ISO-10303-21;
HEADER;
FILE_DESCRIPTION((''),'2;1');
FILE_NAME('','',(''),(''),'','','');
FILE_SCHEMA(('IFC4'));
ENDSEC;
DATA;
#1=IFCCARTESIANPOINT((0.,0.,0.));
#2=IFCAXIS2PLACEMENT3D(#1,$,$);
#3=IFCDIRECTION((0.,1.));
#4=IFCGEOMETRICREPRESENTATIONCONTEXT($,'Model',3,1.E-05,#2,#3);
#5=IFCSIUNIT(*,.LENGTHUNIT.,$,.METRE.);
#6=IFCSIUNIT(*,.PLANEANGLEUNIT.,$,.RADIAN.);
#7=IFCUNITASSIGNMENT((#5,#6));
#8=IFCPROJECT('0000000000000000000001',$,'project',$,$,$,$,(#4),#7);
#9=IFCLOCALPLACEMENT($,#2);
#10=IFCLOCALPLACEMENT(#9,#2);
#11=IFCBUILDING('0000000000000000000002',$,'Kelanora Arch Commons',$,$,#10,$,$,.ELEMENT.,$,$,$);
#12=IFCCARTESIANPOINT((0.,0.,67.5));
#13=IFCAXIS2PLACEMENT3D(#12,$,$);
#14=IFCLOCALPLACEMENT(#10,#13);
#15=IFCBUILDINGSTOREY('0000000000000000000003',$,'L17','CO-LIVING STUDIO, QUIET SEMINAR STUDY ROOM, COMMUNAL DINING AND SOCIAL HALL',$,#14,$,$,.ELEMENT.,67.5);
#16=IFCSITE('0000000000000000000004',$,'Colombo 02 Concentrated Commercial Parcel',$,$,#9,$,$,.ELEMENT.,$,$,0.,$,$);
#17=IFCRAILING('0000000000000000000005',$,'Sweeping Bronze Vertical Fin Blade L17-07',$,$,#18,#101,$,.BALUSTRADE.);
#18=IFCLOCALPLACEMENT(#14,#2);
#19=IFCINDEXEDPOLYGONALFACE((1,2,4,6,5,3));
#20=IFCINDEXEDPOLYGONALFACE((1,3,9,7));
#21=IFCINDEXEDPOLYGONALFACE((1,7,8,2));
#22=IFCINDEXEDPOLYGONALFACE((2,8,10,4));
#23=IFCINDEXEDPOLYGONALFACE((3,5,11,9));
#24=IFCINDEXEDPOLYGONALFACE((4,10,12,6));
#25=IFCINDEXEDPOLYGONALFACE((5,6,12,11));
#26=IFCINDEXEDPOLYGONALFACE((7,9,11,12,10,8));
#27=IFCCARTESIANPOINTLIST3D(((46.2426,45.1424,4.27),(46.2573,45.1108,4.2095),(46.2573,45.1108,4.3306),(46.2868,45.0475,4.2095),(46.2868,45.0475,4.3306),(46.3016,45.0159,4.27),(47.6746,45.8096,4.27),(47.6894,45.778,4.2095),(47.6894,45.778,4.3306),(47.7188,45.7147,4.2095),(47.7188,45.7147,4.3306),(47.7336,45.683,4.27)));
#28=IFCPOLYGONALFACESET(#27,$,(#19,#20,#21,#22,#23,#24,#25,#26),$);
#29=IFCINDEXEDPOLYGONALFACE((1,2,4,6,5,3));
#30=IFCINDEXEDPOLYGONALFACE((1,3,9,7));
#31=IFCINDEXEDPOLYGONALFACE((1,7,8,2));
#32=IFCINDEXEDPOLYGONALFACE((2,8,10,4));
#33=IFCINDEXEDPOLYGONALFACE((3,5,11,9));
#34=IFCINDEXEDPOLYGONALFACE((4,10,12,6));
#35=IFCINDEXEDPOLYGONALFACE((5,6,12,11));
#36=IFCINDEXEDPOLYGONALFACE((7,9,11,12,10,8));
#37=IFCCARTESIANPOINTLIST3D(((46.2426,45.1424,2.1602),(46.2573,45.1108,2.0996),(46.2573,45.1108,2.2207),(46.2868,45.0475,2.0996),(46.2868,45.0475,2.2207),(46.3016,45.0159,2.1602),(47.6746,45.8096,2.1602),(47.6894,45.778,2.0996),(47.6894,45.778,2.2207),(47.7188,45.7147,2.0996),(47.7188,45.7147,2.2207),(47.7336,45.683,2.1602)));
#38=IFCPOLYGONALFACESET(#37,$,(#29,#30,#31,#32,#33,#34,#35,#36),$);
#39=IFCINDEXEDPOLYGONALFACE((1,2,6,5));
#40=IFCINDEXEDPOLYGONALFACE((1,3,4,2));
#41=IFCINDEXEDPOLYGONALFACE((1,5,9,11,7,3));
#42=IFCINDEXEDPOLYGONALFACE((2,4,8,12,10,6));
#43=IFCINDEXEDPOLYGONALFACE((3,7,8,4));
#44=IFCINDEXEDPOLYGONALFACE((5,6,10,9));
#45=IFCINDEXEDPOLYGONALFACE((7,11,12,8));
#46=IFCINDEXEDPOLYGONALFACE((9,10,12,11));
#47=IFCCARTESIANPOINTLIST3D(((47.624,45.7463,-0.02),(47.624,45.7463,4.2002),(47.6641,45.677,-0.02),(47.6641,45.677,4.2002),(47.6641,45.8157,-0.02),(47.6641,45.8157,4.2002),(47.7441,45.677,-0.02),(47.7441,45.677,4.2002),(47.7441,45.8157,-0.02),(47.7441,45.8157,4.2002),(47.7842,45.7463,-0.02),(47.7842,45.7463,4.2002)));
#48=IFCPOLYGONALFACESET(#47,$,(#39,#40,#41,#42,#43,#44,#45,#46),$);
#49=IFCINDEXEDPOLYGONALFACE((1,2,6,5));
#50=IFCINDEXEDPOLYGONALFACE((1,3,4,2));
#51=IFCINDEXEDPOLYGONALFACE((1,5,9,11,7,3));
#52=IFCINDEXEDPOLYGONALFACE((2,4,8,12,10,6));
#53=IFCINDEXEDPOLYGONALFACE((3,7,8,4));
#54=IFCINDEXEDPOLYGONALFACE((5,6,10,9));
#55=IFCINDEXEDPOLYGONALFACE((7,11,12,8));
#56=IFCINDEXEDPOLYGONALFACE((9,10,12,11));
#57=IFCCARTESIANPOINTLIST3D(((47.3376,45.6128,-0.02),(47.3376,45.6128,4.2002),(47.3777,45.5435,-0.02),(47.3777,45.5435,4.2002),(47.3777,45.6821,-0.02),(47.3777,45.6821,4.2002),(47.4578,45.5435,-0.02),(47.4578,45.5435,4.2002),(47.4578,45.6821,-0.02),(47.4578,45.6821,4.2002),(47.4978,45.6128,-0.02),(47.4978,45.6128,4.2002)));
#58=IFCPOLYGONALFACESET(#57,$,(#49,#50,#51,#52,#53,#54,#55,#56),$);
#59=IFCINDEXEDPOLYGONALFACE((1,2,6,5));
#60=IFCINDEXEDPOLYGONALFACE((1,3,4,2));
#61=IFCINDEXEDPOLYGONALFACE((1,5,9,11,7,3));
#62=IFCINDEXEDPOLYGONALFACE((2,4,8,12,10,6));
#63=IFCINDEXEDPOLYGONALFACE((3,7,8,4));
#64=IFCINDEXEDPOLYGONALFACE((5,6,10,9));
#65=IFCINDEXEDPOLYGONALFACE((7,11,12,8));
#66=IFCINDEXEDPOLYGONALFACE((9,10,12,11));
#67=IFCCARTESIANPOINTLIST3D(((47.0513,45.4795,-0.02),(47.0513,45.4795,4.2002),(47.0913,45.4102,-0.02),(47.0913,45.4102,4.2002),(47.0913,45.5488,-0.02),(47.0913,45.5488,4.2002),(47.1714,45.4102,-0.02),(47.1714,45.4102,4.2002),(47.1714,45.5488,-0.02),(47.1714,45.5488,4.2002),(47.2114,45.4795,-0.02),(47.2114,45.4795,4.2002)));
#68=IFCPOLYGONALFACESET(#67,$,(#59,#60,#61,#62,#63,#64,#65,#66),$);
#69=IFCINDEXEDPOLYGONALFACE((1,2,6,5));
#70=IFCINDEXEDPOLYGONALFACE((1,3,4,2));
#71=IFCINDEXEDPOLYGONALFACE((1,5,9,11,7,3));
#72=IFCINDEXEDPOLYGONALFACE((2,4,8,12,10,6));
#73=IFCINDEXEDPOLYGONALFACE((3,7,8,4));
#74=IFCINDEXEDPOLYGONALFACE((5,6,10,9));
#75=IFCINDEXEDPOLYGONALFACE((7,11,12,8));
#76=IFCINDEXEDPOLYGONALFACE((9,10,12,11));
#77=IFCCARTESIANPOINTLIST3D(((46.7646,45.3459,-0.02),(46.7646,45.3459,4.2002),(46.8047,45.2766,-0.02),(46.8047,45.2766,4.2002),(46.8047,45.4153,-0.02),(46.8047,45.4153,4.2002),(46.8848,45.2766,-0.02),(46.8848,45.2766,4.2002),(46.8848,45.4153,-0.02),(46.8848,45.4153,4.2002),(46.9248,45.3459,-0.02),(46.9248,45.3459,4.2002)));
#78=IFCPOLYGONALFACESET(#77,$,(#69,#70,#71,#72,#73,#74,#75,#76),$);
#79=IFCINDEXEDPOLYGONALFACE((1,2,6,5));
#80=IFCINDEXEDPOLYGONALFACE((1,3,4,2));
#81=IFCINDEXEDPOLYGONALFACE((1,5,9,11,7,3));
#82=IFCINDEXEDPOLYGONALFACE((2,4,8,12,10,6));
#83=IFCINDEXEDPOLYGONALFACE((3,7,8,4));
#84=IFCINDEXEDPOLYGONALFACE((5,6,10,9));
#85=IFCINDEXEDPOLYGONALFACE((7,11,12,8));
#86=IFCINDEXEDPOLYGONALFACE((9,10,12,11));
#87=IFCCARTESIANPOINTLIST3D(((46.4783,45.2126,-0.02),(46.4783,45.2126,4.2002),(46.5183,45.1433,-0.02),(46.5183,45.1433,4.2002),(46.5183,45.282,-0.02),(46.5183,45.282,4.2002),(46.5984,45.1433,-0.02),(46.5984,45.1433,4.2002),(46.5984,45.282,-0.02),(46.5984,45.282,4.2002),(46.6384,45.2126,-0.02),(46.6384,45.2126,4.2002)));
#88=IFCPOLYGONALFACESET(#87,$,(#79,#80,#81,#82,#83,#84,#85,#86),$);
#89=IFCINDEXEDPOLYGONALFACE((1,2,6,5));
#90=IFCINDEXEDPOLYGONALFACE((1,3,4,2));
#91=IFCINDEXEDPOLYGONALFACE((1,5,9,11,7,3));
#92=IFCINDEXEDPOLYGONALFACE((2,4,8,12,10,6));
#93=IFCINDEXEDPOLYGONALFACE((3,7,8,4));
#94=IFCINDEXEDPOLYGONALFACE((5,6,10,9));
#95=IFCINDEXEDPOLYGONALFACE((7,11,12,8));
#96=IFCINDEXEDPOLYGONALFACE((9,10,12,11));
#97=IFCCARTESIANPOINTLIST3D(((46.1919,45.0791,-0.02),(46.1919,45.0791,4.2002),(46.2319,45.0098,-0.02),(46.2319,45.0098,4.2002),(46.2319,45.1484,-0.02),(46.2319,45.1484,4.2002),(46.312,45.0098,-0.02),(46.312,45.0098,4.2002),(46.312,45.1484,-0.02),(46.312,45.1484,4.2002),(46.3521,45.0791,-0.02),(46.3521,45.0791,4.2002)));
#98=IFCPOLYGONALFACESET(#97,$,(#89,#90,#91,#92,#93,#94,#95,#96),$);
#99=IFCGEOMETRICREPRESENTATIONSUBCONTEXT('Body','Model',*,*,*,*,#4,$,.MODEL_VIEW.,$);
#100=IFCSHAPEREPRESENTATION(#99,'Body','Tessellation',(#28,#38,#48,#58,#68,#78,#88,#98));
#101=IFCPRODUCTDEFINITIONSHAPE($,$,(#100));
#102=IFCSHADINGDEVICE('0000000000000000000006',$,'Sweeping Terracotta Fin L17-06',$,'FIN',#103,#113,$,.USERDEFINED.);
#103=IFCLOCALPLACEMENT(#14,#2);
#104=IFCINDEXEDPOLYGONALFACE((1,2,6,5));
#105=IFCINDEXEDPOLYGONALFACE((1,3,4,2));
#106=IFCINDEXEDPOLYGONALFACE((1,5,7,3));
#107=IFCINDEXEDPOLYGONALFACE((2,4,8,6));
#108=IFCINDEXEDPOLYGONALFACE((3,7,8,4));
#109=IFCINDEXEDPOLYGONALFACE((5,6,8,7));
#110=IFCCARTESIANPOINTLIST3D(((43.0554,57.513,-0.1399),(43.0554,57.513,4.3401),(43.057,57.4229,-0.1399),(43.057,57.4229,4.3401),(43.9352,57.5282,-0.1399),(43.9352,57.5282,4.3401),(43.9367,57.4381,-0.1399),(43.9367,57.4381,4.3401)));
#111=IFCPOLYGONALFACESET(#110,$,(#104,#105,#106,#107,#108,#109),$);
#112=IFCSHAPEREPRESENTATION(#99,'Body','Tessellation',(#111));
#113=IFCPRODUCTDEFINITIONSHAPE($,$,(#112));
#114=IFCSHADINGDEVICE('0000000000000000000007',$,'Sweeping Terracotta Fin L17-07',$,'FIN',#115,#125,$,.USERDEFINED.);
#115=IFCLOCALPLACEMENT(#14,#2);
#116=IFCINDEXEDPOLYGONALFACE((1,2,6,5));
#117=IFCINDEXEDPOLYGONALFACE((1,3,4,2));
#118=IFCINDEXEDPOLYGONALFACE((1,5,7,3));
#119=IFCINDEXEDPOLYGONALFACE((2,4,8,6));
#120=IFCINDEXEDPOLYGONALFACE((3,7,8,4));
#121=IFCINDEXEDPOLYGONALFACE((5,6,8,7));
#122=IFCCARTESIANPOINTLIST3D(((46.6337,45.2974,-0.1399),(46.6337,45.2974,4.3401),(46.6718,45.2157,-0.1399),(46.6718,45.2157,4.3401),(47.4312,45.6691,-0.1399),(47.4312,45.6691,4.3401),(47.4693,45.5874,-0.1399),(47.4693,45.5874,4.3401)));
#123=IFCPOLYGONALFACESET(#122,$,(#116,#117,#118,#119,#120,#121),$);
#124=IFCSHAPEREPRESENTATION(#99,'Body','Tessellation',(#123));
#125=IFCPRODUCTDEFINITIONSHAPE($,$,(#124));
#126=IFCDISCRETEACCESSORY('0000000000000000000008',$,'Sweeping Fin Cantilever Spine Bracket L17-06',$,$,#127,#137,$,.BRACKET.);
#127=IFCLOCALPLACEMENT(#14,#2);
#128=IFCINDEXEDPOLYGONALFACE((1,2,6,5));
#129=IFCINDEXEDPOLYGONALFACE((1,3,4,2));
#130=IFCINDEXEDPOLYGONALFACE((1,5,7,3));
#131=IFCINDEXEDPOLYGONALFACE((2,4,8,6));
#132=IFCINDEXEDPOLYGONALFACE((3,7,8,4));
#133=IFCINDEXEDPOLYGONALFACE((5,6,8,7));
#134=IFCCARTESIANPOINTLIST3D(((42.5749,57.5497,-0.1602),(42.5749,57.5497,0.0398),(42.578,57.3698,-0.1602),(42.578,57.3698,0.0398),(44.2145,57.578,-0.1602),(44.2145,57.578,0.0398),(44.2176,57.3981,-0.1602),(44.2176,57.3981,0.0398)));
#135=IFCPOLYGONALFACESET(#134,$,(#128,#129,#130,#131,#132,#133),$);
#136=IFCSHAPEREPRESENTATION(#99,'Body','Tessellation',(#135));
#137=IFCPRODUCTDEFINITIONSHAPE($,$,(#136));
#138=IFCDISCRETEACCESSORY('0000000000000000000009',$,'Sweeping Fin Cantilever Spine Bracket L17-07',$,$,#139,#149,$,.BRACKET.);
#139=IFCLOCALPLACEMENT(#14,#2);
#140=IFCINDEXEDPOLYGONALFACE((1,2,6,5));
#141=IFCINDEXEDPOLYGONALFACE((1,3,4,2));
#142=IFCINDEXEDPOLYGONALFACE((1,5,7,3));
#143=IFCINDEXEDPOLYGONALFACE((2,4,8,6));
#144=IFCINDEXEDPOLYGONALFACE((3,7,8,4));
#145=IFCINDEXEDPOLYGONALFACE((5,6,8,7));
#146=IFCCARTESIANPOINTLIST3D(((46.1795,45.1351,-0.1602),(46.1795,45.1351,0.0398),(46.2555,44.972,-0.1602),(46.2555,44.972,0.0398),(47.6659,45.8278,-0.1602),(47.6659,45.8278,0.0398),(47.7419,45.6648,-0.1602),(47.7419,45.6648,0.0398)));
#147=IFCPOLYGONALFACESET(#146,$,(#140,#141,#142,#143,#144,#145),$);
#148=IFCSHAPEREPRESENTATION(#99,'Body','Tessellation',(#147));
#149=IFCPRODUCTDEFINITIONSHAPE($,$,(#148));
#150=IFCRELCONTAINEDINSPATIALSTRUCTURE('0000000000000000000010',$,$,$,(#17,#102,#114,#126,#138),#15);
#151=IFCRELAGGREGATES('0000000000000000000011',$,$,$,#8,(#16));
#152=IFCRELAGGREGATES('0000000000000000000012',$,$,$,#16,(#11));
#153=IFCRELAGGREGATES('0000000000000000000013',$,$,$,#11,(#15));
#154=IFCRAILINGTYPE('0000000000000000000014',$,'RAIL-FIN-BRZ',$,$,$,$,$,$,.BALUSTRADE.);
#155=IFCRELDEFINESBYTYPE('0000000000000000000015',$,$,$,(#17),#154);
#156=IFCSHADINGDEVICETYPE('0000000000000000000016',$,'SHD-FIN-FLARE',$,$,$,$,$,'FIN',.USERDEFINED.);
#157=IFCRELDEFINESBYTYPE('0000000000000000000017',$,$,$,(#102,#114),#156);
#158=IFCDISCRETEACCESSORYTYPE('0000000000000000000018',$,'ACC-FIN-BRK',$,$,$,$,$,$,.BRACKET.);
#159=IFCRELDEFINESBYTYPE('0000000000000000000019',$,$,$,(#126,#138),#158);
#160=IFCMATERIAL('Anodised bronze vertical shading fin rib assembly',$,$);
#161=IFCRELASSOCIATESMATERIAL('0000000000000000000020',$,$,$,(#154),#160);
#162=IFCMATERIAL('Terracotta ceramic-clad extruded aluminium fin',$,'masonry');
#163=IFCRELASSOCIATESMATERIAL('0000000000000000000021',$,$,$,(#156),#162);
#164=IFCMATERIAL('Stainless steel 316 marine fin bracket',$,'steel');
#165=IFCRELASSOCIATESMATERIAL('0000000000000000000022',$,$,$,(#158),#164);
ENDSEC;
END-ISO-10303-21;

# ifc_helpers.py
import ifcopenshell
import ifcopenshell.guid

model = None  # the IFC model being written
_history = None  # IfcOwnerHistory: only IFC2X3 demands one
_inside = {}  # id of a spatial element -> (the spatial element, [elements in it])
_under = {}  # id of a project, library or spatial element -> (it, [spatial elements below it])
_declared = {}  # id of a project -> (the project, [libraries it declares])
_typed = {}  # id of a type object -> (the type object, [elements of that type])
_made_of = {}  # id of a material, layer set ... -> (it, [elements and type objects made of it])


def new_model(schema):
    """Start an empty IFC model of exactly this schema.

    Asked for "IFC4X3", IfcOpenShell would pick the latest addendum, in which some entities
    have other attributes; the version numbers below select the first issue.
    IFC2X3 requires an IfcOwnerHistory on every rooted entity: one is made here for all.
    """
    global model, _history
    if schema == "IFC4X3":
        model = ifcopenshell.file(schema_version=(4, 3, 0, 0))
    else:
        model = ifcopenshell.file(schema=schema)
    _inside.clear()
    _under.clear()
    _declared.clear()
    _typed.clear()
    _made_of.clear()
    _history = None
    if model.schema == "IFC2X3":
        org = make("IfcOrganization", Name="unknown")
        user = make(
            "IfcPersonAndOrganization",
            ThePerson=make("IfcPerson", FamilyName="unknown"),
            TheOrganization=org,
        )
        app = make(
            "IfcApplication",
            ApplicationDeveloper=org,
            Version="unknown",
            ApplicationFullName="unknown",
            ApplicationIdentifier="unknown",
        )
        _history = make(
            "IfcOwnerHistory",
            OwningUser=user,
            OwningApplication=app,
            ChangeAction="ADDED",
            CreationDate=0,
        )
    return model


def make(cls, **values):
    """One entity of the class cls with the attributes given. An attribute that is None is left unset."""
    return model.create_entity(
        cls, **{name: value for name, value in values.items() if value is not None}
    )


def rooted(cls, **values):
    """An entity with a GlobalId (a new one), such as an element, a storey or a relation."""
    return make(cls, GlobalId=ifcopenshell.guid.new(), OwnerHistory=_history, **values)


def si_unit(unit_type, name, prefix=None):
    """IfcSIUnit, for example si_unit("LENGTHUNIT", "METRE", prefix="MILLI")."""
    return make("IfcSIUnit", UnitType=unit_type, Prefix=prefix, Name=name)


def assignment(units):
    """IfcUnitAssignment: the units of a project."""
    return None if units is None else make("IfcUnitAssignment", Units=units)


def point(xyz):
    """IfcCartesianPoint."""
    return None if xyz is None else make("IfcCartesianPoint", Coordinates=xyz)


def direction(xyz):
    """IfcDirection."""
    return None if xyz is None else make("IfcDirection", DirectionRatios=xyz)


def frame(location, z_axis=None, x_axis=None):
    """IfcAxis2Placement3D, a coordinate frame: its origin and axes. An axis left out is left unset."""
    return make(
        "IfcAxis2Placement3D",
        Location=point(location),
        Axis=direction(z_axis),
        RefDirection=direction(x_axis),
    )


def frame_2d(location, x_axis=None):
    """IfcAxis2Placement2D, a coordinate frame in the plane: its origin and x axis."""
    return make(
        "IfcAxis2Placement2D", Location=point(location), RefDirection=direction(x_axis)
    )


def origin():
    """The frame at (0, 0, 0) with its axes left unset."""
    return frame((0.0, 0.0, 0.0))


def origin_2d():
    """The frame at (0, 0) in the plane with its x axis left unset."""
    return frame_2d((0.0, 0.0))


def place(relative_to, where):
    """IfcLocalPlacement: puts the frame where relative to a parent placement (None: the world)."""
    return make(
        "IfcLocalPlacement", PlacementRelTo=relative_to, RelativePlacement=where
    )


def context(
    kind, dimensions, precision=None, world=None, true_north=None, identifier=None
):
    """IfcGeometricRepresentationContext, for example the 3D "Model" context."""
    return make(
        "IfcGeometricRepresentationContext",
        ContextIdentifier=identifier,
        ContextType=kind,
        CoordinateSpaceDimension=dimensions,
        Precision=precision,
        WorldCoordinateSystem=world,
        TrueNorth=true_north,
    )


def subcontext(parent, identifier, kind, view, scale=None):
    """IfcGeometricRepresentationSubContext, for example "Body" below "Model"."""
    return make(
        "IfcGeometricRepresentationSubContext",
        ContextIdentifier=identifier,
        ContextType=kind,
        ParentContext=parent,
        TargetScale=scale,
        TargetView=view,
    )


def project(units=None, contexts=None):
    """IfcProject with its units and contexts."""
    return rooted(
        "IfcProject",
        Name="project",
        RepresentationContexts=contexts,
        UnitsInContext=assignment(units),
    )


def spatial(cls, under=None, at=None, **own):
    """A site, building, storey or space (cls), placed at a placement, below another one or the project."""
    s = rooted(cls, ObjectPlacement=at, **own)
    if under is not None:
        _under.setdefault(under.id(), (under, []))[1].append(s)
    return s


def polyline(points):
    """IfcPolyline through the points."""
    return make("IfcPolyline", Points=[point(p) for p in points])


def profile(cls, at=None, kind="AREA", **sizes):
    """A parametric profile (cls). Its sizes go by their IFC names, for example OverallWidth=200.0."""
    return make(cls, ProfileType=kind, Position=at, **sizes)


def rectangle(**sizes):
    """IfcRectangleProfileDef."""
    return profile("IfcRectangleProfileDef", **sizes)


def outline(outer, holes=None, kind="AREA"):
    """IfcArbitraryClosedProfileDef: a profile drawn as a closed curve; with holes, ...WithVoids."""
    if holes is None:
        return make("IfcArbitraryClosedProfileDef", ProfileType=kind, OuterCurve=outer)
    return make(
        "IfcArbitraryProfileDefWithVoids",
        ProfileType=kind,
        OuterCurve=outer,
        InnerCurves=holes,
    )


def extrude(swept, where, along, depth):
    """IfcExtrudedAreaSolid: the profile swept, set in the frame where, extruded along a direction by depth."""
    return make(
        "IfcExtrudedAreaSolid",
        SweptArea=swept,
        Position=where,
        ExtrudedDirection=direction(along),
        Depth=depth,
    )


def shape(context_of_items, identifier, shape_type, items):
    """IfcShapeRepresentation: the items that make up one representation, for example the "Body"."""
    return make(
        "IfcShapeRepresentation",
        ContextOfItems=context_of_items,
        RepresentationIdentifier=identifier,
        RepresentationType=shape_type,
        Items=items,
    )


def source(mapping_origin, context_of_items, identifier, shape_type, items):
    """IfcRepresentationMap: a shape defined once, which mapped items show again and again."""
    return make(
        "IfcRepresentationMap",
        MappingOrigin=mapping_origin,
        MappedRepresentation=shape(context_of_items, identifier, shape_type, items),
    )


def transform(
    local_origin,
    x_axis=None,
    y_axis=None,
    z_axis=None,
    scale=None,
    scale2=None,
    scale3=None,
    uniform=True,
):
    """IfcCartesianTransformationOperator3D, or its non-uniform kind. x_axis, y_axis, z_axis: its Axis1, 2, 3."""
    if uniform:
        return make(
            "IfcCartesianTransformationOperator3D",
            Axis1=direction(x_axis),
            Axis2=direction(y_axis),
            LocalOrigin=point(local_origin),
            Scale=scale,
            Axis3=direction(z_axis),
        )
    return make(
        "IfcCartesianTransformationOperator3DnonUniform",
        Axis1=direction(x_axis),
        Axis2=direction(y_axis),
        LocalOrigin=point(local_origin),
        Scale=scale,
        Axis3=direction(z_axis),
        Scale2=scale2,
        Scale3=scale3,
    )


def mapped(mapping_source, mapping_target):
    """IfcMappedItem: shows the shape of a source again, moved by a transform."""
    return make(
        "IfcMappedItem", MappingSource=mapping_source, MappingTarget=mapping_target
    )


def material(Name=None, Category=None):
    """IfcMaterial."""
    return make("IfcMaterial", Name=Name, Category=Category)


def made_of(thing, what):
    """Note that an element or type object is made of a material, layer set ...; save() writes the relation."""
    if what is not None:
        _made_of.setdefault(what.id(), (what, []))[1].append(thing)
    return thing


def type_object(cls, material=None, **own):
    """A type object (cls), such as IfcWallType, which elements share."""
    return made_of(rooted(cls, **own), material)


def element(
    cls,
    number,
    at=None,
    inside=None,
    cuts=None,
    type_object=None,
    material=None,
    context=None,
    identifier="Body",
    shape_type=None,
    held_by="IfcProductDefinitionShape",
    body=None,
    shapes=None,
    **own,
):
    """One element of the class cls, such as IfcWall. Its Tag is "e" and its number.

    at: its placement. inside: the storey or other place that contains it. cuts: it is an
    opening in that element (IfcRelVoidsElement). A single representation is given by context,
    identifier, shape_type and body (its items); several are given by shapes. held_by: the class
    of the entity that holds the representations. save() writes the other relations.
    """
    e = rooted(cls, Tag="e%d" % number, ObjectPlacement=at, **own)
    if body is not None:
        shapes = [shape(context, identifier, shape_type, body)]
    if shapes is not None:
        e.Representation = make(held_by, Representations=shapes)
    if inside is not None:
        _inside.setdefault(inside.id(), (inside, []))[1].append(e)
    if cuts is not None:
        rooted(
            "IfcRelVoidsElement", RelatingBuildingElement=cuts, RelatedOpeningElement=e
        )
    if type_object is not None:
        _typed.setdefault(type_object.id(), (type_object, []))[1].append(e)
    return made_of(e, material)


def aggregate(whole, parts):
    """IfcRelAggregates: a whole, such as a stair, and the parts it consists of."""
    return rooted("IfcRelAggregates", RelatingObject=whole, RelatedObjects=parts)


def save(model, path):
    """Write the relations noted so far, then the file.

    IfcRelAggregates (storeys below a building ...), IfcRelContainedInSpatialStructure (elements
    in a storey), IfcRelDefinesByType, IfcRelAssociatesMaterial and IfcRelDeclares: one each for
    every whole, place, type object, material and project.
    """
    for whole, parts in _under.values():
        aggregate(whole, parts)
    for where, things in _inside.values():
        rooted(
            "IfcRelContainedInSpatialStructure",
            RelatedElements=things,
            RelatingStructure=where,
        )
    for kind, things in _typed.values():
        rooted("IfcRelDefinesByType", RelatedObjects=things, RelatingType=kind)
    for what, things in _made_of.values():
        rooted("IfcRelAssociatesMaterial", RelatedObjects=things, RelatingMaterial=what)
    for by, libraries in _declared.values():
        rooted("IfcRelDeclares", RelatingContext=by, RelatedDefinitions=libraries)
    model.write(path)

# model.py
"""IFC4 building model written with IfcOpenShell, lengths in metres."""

from ifc_helpers import new_model, si_unit, direction, frame, origin, origin_2d, place, context, subcontext, project, spatial, polyline, rectangle, outline, extrude, source, transform, mapped, material, type_object, element, save


model = new_model("IFC4")

# Units and contexts
model_context = context("Model", 3, precision=1e-05, world=origin(), true_north=direction((0.0, 1.0)))
body_context = subcontext(model_context, "Body", "Model", "MODEL_VIEW")
ifc_project = project(units=[si_unit("LENGTHUNIT", "METRE"), si_unit("PLANEANGLEUNIT", "RADIAN")], contexts=[model_context])

# Site, building, storey
site_placement = place(None, origin())
site = spatial("IfcSite", under=ifc_project, at=site_placement, Name="Colombo 02 Concentrated Commercial Parcel", CompositionType="ELEMENT", RefElevation=0.0)
building_placement = place(site_placement, origin())
building = spatial("IfcBuilding", under=site, at=building_placement, Name="Kelanora Arch Commons", CompositionType="ELEMENT")
storey_placement = place(building_placement, frame((0.0, 0.0, 67.5)))
storey = spatial("IfcBuildingStorey", under=building, at=storey_placement, Name="L17", Description="CO-LIVING STUDIO, QUIET SEMINAR STUDY ROOM, COMMUNAL DINING AND SOCIAL HALL", CompositionType="ELEMENT", Elevation=67.5)

# Railing
ifc_material_1 = material(Name="Anodised bronze vertical shading fin rib assembly")
railing_type = type_object("IfcRailingType", Name="RAIL-FIN-BRZ", PredefinedType="BALUSTRADE", material=ifc_material_1)
railing_1_placement = place(storey_placement, frame((47.7041, 45.7463, -0.02)))
element("IfcRailing", 1, at=railing_1_placement, inside=storey, type_object=railing_type, Name="Sweeping Bronze Vertical Fin Blade L17-07", PredefinedType="BALUSTRADE", context=body_context, shape_type="SweptSolid", body=[
    extrude(outline(polyline([(0.0698, 0.0), (0.0349, 0.0605), (-0.0349, 0.0605), (-0.0698, 0.0), (-0.0349, -0.0605), (0.0349, -0.0605), (0.0698, 0.0)])), frame((0.0, 0.0, 4.29), z_axis=(-0.906447, -0.422319, 0.0), x_axis=(0.422319, -0.906447, 0.0)), (0.0, 0.0, 1.0), 1.5798),
    extrude(outline(polyline([(0.0698, 0.0), (0.0349, 0.0605), (-0.0349, 0.0605), (-0.0698, 0.0), (-0.0349, -0.0605), (0.0349, -0.0605), (0.0698, 0.0)])), frame((0.0, 0.0, 2.1802), z_axis=(-0.906447, -0.422319, 0.0), x_axis=(0.422319, -0.906447, 0.0)), (0.0, 0.0, 1.0), 1.5798),
    extrude(outline(polyline([(0.0801, 0.0), (0.04, 0.0693), (-0.04, 0.0693), (-0.0801, 0.0), (-0.04, -0.0693), (0.04, -0.0693), (0.0801, 0.0)])), origin(), (0.0, 0.0, 1.0), 4.2202),
    extrude(outline(polyline([(0.0801, 0.0), (0.04, 0.0693), (-0.04, 0.0693), (-0.0801, 0.0), (-0.04, -0.0693), (0.04, -0.0693), (0.0801, 0.0)])), frame((-0.2864, -0.1335, 0.0)), (0.0, 0.0, 1.0), 4.2202),
    extrude(outline(polyline([(0.0801, 0.0), (0.04, 0.0693), (-0.04, 0.0693), (-0.0801, 0.0), (-0.04, -0.0693), (0.04, -0.0693), (0.0801, 0.0)])), frame((-0.5728, -0.2668, 0.0)), (0.0, 0.0, 1.0), 4.2202),
    extrude(outline(polyline([(0.0801, 0.0), (0.04, 0.0693), (-0.04, 0.0693), (-0.0801, 0.0), (-0.04, -0.0693), (0.04, -0.0693), (0.0801, 0.0)])), frame((-0.8594, -0.4004, 0.0)), (0.0, 0.0, 1.0), 4.2202),
    extrude(outline(polyline([(0.0801, 0.0), (0.04, 0.0693), (-0.04, 0.0693), (-0.0801, 0.0), (-0.04, -0.0693), (0.04, -0.0693), (0.0801, 0.0)])), frame((-1.1458, -0.5337, 0.0)), (0.0, 0.0, 1.0), 4.2202),
    extrude(outline(polyline([(0.0801, 0.0), (0.04, 0.0693), (-0.04, 0.0693), (-0.0801, 0.0), (-0.04, -0.0693), (0.04, -0.0693), (0.0801, 0.0)])), frame((-1.4321, -0.6672, 0.0)), (0.0, 0.0, 1.0), 4.2202),
])

# Shading devices
ifc_material_2 = material(Name="Terracotta ceramic-clad extruded aluminium fin", Category="masonry")
shading_device_type = type_object("IfcShadingDeviceType", Name="SHD-FIN-FLARE", ElementType="FIN", PredefinedType="USERDEFINED", material=ifc_material_2)
shared_shape_1 = source(origin(), body_context, "Body", "SweptSolid", [
    extrude(rectangle(XDim=0.8799, YDim=0.0901, at=origin_2d()), origin(), (0.0, 0.0, 1.0), 4.48),
])
for number, where, z_axis, x_axis, name in (
    (2, (43.4961, 57.4756, -0.1399), (0.0, 0.0, 1.0), (-0.999851, -0.017278, 0.0), "Sweeping Terracotta Fin L17-06"),
    (3, (47.0515, 45.4424, -0.1399), (0.0, 0.0, 1.0), (-0.906382, -0.42246, 0.0), "Sweeping Terracotta Fin L17-07"),
):
    element("IfcShadingDevice", number, at=place(storey_placement, frame(where, z_axis=z_axis, x_axis=x_axis)), inside=storey, type_object=shading_device_type, Name=name, ObjectType="FIN", PredefinedType="USERDEFINED", context=body_context, shape_type="MappedRepresentation", body=[
        mapped(shared_shape_1, transform((0.0, 0.0, 0.0), scale=1.0)),
    ])

# Discrete accessories
ifc_material_3 = material(Name="Stainless steel 316 marine fin bracket", Category="steel")
discrete_accessory_type = type_object("IfcDiscreteAccessoryType", Name="ACC-FIN-BRK", PredefinedType="BRACKET", material=ifc_material_3)
shared_shape_2 = source(origin(), body_context, "Body", "SweptSolid", [
    extrude(rectangle(XDim=1.6399, YDim=0.1799, at=origin_2d()), origin(), (0.0, 0.0, 1.0), 0.2),
])
for number, where, z_axis, x_axis, name in (
    (4, (43.3962, 57.4739, -0.1602), (0.0, 0.0, 1.0), (-0.999851, -0.017278, 0.0), "Sweeping Fin Cantilever Spine Bracket L17-06"),
    (5, (46.9607, 45.3999, -0.1602), (0.0, 0.0, 1.0), (-0.906382, -0.42246, 0.0), "Sweeping Fin Cantilever Spine Bracket L17-07"),
):
    element("IfcDiscreteAccessory", number, at=place(storey_placement, frame(where, z_axis=z_axis, x_axis=x_axis)), inside=storey, type_object=discrete_accessory_type, Name=name, PredefinedType="BRACKET", context=body_context, shape_type="MappedRepresentation", body=[
        mapped(shared_shape_2, transform((0.0, 0.0, 0.0), scale=1.0)),
    ])

save(model, "model.ifc")
